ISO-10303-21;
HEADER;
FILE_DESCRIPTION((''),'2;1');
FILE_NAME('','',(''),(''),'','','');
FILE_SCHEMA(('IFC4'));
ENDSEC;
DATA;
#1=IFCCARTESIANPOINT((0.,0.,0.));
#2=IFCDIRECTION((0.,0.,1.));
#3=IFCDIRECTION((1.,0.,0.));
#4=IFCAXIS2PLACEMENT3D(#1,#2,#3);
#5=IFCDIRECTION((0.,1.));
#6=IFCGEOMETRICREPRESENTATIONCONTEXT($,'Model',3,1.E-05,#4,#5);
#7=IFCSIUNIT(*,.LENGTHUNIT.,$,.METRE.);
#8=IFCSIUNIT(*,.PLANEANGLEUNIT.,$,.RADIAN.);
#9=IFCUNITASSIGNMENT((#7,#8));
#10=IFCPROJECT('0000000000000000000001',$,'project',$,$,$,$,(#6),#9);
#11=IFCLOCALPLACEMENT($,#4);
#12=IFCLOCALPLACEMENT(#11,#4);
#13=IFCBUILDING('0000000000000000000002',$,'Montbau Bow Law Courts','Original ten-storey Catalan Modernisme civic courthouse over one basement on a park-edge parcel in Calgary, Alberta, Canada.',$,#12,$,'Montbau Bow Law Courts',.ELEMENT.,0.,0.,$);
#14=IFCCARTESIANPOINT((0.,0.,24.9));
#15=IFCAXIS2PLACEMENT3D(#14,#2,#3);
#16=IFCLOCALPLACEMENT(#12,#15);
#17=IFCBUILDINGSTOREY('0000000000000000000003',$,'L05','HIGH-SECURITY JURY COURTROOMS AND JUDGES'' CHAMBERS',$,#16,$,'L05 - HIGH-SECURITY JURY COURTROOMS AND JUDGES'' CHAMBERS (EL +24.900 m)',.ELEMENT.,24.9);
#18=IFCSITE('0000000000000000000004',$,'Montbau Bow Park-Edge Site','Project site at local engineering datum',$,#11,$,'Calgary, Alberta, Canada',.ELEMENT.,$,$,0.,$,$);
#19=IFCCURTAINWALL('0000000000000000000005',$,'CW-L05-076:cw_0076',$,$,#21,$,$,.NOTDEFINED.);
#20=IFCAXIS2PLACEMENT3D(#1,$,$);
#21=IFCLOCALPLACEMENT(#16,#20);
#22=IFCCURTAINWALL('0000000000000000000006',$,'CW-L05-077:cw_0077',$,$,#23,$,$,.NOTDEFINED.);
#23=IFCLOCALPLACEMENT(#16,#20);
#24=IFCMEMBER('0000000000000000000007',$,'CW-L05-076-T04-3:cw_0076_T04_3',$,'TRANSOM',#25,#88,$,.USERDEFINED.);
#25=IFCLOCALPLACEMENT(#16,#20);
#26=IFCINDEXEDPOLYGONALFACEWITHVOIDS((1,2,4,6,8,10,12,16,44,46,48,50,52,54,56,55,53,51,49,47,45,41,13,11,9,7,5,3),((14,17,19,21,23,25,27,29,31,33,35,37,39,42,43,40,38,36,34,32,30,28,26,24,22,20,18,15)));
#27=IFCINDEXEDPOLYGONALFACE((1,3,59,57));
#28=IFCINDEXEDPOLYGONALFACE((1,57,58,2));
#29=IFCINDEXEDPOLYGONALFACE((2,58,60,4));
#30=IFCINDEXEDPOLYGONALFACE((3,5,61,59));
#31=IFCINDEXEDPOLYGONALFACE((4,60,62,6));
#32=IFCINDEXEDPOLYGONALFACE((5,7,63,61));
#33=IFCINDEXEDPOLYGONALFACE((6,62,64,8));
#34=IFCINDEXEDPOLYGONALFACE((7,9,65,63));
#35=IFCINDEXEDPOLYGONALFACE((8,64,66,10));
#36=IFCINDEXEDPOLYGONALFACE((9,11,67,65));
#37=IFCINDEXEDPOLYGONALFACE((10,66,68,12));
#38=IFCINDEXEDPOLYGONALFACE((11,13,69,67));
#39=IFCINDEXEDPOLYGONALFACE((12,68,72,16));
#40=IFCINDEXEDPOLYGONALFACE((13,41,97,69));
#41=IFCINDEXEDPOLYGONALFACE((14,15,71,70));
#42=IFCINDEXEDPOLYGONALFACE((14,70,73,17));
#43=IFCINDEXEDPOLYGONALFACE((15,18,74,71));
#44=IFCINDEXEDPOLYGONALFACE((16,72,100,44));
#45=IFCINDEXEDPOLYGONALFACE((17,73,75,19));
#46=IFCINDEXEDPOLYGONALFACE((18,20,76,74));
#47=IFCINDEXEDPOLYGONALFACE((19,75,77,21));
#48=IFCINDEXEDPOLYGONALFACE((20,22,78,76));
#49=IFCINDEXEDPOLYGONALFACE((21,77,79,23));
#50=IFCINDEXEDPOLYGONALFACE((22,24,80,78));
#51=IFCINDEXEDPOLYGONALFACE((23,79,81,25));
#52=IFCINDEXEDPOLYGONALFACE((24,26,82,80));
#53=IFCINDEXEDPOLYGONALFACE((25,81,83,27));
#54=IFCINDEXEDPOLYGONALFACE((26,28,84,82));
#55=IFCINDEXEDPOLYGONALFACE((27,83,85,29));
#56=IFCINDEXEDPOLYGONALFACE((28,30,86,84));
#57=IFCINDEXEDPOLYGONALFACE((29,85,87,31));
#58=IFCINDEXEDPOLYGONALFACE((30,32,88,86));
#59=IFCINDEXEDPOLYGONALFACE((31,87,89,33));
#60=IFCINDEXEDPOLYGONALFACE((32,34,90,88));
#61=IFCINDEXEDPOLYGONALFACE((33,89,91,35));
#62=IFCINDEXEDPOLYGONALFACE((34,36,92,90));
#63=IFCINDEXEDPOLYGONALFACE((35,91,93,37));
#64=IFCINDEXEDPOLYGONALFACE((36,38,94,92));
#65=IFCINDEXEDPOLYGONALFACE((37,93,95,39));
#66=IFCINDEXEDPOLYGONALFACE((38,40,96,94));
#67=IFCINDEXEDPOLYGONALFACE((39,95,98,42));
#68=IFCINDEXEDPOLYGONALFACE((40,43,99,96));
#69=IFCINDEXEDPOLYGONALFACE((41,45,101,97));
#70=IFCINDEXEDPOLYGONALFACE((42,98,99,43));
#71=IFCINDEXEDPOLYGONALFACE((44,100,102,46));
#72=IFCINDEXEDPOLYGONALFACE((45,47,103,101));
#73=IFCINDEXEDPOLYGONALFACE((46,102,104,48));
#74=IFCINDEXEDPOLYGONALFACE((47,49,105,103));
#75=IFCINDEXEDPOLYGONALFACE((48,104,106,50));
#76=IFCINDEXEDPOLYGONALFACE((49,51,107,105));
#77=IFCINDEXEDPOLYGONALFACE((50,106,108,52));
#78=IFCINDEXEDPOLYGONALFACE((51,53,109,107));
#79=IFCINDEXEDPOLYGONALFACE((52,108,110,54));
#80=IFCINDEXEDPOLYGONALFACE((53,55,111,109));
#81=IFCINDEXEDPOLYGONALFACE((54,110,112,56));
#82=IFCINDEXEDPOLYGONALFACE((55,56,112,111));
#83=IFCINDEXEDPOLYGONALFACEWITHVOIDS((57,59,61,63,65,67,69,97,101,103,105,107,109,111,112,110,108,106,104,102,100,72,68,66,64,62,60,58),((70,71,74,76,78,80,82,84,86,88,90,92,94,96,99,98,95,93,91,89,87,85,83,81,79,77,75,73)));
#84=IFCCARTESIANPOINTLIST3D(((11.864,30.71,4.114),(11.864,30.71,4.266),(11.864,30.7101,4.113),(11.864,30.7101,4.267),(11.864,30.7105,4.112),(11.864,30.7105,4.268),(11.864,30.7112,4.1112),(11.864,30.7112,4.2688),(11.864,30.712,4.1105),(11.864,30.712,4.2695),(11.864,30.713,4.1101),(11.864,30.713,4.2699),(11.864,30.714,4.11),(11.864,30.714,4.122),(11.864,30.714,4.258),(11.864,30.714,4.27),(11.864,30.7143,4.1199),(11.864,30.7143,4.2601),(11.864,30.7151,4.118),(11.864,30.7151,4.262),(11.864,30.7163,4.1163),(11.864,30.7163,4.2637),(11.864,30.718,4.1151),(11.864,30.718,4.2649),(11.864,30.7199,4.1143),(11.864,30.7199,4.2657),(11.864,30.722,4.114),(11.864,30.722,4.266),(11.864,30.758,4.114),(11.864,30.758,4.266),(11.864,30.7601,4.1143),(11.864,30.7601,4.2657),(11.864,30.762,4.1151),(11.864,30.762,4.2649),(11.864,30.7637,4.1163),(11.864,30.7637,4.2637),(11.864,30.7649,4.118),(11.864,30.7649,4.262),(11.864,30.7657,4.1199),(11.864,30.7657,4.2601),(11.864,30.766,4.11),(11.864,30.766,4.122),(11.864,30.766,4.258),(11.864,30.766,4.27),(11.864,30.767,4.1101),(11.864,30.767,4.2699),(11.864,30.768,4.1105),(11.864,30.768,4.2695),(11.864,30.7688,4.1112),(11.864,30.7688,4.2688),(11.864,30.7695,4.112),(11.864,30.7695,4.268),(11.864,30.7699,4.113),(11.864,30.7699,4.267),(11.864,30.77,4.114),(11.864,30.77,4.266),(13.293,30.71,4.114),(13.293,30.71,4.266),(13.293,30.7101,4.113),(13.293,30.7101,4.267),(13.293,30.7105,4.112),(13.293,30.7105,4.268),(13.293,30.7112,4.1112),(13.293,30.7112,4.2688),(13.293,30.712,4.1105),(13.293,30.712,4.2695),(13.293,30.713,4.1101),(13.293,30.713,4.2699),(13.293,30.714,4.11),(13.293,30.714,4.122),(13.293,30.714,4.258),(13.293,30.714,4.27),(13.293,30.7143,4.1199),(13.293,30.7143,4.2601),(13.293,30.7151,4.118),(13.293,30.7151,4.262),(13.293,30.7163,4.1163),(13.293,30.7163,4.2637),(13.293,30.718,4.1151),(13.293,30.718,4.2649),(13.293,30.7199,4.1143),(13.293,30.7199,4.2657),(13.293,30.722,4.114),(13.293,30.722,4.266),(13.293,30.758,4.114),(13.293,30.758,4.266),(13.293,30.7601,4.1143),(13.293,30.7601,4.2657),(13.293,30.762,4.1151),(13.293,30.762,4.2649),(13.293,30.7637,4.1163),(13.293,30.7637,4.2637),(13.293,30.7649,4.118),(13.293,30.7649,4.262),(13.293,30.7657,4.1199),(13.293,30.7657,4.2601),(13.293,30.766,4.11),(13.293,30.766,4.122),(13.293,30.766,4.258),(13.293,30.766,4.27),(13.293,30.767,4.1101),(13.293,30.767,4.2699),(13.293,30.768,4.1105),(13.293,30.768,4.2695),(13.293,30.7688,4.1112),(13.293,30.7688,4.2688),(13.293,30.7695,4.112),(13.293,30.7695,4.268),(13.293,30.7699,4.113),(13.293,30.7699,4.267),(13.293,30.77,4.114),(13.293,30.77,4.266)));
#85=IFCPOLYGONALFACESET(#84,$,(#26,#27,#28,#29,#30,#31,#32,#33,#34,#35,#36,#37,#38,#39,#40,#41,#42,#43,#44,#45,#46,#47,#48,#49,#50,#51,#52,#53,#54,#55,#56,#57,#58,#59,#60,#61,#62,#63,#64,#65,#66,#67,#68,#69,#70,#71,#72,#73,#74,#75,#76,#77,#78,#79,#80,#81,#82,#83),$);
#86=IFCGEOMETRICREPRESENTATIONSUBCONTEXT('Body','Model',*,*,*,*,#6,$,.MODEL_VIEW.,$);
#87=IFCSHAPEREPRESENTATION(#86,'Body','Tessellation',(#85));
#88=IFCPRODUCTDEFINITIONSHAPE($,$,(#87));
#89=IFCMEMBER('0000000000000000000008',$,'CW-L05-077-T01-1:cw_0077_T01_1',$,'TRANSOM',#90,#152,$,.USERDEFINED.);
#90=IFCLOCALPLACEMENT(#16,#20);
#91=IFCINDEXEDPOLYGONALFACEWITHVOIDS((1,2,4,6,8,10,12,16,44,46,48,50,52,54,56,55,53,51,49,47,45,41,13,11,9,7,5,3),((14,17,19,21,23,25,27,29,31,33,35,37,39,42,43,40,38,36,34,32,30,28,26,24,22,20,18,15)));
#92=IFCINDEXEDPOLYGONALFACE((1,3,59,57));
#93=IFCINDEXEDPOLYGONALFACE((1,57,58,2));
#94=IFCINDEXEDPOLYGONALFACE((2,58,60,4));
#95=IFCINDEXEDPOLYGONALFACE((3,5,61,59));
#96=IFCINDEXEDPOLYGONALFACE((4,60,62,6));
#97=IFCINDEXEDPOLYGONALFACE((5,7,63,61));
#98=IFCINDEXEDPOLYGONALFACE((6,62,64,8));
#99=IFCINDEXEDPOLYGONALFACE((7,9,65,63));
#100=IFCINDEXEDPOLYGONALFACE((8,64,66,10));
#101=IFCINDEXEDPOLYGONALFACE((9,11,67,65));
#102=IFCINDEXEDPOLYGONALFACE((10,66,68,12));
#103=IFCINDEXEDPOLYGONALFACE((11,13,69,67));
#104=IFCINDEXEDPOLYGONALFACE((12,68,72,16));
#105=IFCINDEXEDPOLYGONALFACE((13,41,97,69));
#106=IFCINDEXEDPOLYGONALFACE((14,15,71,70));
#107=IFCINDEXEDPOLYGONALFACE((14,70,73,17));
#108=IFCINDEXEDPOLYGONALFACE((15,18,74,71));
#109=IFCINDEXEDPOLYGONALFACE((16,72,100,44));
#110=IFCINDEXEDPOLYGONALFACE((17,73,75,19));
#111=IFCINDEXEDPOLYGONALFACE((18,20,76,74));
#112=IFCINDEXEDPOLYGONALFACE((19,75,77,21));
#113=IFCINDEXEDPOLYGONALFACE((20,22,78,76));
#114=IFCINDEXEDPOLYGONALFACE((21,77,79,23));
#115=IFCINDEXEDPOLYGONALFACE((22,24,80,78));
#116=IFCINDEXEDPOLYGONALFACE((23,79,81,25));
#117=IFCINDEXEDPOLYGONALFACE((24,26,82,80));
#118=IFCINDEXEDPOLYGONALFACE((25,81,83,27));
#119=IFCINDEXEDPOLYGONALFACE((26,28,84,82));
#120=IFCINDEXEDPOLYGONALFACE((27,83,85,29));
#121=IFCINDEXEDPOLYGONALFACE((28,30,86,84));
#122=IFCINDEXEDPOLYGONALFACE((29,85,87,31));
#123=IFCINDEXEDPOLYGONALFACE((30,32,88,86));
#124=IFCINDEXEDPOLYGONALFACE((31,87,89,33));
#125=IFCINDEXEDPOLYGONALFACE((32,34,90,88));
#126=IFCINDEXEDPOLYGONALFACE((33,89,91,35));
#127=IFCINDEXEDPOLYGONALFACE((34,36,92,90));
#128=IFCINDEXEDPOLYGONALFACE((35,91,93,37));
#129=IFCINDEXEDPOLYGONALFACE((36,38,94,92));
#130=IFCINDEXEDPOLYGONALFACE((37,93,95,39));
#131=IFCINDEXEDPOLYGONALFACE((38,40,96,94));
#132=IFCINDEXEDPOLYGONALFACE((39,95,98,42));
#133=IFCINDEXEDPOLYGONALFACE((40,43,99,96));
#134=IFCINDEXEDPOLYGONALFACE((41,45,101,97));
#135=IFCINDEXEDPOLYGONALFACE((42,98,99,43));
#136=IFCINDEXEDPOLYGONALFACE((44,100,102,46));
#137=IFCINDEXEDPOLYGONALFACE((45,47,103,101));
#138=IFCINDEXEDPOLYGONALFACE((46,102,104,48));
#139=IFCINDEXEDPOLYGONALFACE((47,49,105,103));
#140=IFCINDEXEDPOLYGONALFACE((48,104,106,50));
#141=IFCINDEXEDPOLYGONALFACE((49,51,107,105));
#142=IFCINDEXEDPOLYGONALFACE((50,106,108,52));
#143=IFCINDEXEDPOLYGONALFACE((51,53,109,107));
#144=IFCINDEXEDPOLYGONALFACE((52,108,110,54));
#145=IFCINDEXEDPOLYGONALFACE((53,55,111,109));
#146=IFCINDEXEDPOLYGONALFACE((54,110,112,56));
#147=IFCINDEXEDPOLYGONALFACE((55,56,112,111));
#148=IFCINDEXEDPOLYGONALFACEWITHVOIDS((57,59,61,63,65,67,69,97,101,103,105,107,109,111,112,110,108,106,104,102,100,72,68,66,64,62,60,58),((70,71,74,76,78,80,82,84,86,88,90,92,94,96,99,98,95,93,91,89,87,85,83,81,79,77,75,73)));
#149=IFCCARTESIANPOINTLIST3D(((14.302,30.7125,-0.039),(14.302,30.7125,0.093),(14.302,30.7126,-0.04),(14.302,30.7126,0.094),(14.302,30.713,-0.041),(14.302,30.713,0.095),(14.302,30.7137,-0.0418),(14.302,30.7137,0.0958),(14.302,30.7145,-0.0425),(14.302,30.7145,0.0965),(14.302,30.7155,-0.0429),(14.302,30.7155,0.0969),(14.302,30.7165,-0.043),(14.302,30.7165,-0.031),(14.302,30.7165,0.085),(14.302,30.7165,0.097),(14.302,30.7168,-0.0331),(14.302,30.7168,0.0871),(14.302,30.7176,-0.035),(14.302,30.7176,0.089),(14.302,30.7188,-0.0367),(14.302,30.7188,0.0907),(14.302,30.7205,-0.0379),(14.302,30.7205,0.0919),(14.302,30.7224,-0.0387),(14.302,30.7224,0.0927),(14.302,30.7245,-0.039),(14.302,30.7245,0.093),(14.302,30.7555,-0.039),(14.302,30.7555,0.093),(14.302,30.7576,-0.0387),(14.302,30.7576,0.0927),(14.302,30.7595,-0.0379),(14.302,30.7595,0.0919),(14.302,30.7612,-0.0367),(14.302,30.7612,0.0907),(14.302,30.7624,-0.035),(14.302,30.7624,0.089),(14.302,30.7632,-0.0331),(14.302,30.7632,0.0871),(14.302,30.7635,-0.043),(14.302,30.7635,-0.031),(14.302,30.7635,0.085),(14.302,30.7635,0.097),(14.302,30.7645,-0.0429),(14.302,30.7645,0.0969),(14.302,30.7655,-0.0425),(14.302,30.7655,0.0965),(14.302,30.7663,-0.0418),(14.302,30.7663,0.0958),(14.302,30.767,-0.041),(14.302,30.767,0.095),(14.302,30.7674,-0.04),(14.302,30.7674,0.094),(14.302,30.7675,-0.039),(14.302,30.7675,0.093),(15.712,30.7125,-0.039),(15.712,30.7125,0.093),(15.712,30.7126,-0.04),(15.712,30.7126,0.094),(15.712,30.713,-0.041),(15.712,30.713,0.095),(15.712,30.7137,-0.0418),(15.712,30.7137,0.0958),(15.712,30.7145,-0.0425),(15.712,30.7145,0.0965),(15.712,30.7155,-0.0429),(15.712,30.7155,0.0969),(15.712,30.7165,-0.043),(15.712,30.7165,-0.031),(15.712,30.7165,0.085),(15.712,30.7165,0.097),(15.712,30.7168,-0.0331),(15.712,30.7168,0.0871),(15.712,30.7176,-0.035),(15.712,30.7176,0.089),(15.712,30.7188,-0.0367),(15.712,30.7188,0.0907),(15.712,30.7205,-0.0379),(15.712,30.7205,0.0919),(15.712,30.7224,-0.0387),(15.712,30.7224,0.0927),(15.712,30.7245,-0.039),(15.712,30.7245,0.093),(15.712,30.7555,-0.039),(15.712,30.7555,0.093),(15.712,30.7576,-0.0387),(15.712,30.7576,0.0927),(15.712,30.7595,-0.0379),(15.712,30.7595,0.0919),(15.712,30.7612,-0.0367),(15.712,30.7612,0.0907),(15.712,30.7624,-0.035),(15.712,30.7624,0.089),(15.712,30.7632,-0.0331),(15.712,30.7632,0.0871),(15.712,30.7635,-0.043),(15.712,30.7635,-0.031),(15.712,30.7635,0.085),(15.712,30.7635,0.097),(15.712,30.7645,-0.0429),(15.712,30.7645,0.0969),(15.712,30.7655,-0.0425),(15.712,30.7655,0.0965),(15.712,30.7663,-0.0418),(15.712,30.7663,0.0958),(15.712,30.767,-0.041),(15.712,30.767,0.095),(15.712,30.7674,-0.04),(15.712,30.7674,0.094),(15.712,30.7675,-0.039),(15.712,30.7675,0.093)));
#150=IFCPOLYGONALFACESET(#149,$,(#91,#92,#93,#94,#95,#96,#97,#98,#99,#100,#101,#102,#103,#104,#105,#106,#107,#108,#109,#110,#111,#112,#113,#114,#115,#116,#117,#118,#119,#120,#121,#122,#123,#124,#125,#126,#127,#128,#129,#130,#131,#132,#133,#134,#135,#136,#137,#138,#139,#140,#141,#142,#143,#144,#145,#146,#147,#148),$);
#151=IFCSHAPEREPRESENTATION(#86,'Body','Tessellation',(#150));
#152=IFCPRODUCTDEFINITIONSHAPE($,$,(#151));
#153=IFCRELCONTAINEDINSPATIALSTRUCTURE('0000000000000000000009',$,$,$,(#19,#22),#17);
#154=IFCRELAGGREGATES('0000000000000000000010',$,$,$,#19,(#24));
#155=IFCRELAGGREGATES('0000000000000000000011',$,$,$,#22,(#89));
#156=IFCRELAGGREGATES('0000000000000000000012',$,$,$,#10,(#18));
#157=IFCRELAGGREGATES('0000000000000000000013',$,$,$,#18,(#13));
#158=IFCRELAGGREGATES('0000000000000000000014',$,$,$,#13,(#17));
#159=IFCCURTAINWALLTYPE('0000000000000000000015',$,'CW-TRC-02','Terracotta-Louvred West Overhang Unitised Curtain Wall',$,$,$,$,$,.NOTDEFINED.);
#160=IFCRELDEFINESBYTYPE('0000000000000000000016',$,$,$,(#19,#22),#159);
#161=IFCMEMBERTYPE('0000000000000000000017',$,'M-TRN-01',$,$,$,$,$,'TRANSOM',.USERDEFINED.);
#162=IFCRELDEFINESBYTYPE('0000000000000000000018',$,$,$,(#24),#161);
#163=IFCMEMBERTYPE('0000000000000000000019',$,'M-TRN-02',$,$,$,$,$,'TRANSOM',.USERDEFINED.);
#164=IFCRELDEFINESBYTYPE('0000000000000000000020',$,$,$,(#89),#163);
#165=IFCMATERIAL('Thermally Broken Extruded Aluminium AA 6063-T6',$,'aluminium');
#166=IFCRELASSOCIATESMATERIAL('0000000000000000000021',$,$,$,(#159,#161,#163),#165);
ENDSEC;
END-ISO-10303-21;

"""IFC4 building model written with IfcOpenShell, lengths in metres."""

from ifc_helpers import new_model, si_unit, direction, frame, origin_with_axes, origin_2d_with_axis, place, context, subcontext, project, spatial, hollow_rectangle, extrude, material, material_profile, profile_set, type_object, element, aggregate, save


model = new_model("IFC4")

# Units and contexts
model_context = context("Model", 3, precision=1e-05, world=origin_with_axes(), true_north=direction((0.0, 1.0)))
body_context = subcontext(model_context, "Body", "Model", "MODEL_VIEW")
ifc_project = project(units=[si_unit("LENGTHUNIT", "METRE"), si_unit("PLANEANGLEUNIT", "RADIAN")], contexts=[model_context])

# Site, building, storey
site_placement = place(None, origin_with_axes())
site = spatial("IfcSite", under=ifc_project, at=site_placement, Name="Montbau Bow Park-Edge Site", Description="Project site at local engineering datum", LongName="Calgary, Alberta, Canada", CompositionType="ELEMENT", RefElevation=0.0)
building_placement = place(site_placement, origin_with_axes())
building = spatial("IfcBuilding", under=site, at=building_placement, Name="Montbau Bow Law Courts", Description="Original ten-storey Catalan Modernisme civic courthouse over one basement on a park-edge parcel in Calgary, Alberta, Canada.", LongName="Montbau Bow Law Courts", CompositionType="ELEMENT", ElevationOfRefHeight=0.0, ElevationOfTerrain=0.0)
storey_placement = place(building_placement, frame((0.0, 0.0, 24.9), z_axis=(0.0, 0.0, 1.0), x_axis=(1.0, 0.0, 0.0)))
storey = spatial("IfcBuildingStorey", under=building, at=storey_placement, Name="L05", Description="HIGH-SECURITY JURY COURTROOMS AND JUDGES' CHAMBERS", LongName="L05 - HIGH-SECURITY JURY COURTROOMS AND JUDGES' CHAMBERS (EL +24.900 m)", CompositionType="ELEMENT", Elevation=24.9)

# Curtain wall
ifc_material_1 = material(Name="Thermally Broken Extruded Aluminium AA 6063-T6", Category="aluminium")
curtain_wall_type = type_object("IfcCurtainWallType", Name="CW-TRC-02", Description="Terracotta-Louvred West Overhang Unitised Curtain Wall", PredefinedType="NOTDEFINED", material=ifc_material_1)
curtain_wall_1_placement = place(None, frame((7.24, 30.74, 24.9), z_axis=(0.0, 0.0, 1.0), x_axis=(1.0, 0.0, 0.0)))
curtain_wall_1 = element("IfcCurtainWall", 1, at=curtain_wall_1_placement, inside=storey, type_object=curtain_wall_type, Name="CW-L05-076:cw_0076", PredefinedType="NOTDEFINED")

# Curtain wall
curtain_wall_2_placement = place(None, frame((14.24, 30.74, 24.9), z_axis=(0.0, 0.0, 1.0), x_axis=(1.0, 0.0, 0.0)))
curtain_wall_2 = element("IfcCurtainWall", 2, at=curtain_wall_2_placement, inside=storey, type_object=curtain_wall_type, Name="CW-L05-077:cw_0077", PredefinedType="NOTDEFINED")

# Members
ifc_material_profile_1 = material_profile(ifc_material_1, hollow_rectangle(XDim=0.06, YDim=0.16, WallThickness=0.004, InnerFilletRadius=0.008, OuterFilletRadius=0.004, at=origin_2d_with_axis()), Name="CWT-160X60", Category="Main", Priority=0)
ifc_profile_set_1 = profile_set([ifc_material_profile_1], Name="Thermally Broken Extruded Aluminium AA 6063-T6")
member_type_1 = type_object("IfcMemberType", Name="M-TRN-01", ElementType="TRANSOM", PredefinedType="USERDEFINED", material=ifc_profile_set_1)
member_1_placement = place(None, frame((11.864, 30.74, 29.09), z_axis=(1.0, 0.0, 0.0), x_axis=(0.0, 1.0, 0.0)))
member_1 = element("IfcMember", 3, at=member_1_placement, type_object=member_type_1, Name="CW-L05-076-T04-3:cw_0076_T04_3", ObjectType="TRANSOM", PredefinedType="USERDEFINED", context=body_context, shape_type="SweptSolid", body=[
    extrude(hollow_rectangle(XDim=0.06, YDim=0.16, WallThickness=0.004, InnerFilletRadius=0.008, OuterFilletRadius=0.004, at=origin_2d_with_axis()), origin_with_axes(), (0.0, 0.0, 1.0), 1.429),
])
ifc_material_profile_2 = material_profile(ifc_material_1, hollow_rectangle(XDim=0.055, YDim=0.14, WallThickness=0.004, InnerFilletRadius=0.008, OuterFilletRadius=0.004, at=origin_2d_with_axis()), Name="CWT-140X55", Category="Main", Priority=0)
ifc_profile_set_2 = profile_set([ifc_material_profile_2], Name="Thermally Broken Extruded Aluminium AA 6063-T6")
member_type_2 = type_object("IfcMemberType", Name="M-TRN-02", ElementType="TRANSOM", PredefinedType="USERDEFINED", material=ifc_profile_set_2)
member_2_placement = place(None, frame((14.302, 30.74, 24.927), z_axis=(1.0, 0.0, 0.0), x_axis=(0.0, 1.0, 0.0)))
member_2 = element("IfcMember", 4, at=member_2_placement, type_object=member_type_2, Name="CW-L05-077-T01-1:cw_0077_T01_1", ObjectType="TRANSOM", PredefinedType="USERDEFINED", context=body_context, shape_type="SweptSolid", body=[
    extrude(hollow_rectangle(XDim=0.055, YDim=0.14, WallThickness=0.004, InnerFilletRadius=0.008, OuterFilletRadius=0.004, at=origin_2d_with_axis()), origin_with_axes(), (0.0, 0.0, 1.0), 1.41),
])

aggregate(curtain_wall_1, [member_1])
aggregate(curtain_wall_2, [member_2])

save(model, "model.ifc")
